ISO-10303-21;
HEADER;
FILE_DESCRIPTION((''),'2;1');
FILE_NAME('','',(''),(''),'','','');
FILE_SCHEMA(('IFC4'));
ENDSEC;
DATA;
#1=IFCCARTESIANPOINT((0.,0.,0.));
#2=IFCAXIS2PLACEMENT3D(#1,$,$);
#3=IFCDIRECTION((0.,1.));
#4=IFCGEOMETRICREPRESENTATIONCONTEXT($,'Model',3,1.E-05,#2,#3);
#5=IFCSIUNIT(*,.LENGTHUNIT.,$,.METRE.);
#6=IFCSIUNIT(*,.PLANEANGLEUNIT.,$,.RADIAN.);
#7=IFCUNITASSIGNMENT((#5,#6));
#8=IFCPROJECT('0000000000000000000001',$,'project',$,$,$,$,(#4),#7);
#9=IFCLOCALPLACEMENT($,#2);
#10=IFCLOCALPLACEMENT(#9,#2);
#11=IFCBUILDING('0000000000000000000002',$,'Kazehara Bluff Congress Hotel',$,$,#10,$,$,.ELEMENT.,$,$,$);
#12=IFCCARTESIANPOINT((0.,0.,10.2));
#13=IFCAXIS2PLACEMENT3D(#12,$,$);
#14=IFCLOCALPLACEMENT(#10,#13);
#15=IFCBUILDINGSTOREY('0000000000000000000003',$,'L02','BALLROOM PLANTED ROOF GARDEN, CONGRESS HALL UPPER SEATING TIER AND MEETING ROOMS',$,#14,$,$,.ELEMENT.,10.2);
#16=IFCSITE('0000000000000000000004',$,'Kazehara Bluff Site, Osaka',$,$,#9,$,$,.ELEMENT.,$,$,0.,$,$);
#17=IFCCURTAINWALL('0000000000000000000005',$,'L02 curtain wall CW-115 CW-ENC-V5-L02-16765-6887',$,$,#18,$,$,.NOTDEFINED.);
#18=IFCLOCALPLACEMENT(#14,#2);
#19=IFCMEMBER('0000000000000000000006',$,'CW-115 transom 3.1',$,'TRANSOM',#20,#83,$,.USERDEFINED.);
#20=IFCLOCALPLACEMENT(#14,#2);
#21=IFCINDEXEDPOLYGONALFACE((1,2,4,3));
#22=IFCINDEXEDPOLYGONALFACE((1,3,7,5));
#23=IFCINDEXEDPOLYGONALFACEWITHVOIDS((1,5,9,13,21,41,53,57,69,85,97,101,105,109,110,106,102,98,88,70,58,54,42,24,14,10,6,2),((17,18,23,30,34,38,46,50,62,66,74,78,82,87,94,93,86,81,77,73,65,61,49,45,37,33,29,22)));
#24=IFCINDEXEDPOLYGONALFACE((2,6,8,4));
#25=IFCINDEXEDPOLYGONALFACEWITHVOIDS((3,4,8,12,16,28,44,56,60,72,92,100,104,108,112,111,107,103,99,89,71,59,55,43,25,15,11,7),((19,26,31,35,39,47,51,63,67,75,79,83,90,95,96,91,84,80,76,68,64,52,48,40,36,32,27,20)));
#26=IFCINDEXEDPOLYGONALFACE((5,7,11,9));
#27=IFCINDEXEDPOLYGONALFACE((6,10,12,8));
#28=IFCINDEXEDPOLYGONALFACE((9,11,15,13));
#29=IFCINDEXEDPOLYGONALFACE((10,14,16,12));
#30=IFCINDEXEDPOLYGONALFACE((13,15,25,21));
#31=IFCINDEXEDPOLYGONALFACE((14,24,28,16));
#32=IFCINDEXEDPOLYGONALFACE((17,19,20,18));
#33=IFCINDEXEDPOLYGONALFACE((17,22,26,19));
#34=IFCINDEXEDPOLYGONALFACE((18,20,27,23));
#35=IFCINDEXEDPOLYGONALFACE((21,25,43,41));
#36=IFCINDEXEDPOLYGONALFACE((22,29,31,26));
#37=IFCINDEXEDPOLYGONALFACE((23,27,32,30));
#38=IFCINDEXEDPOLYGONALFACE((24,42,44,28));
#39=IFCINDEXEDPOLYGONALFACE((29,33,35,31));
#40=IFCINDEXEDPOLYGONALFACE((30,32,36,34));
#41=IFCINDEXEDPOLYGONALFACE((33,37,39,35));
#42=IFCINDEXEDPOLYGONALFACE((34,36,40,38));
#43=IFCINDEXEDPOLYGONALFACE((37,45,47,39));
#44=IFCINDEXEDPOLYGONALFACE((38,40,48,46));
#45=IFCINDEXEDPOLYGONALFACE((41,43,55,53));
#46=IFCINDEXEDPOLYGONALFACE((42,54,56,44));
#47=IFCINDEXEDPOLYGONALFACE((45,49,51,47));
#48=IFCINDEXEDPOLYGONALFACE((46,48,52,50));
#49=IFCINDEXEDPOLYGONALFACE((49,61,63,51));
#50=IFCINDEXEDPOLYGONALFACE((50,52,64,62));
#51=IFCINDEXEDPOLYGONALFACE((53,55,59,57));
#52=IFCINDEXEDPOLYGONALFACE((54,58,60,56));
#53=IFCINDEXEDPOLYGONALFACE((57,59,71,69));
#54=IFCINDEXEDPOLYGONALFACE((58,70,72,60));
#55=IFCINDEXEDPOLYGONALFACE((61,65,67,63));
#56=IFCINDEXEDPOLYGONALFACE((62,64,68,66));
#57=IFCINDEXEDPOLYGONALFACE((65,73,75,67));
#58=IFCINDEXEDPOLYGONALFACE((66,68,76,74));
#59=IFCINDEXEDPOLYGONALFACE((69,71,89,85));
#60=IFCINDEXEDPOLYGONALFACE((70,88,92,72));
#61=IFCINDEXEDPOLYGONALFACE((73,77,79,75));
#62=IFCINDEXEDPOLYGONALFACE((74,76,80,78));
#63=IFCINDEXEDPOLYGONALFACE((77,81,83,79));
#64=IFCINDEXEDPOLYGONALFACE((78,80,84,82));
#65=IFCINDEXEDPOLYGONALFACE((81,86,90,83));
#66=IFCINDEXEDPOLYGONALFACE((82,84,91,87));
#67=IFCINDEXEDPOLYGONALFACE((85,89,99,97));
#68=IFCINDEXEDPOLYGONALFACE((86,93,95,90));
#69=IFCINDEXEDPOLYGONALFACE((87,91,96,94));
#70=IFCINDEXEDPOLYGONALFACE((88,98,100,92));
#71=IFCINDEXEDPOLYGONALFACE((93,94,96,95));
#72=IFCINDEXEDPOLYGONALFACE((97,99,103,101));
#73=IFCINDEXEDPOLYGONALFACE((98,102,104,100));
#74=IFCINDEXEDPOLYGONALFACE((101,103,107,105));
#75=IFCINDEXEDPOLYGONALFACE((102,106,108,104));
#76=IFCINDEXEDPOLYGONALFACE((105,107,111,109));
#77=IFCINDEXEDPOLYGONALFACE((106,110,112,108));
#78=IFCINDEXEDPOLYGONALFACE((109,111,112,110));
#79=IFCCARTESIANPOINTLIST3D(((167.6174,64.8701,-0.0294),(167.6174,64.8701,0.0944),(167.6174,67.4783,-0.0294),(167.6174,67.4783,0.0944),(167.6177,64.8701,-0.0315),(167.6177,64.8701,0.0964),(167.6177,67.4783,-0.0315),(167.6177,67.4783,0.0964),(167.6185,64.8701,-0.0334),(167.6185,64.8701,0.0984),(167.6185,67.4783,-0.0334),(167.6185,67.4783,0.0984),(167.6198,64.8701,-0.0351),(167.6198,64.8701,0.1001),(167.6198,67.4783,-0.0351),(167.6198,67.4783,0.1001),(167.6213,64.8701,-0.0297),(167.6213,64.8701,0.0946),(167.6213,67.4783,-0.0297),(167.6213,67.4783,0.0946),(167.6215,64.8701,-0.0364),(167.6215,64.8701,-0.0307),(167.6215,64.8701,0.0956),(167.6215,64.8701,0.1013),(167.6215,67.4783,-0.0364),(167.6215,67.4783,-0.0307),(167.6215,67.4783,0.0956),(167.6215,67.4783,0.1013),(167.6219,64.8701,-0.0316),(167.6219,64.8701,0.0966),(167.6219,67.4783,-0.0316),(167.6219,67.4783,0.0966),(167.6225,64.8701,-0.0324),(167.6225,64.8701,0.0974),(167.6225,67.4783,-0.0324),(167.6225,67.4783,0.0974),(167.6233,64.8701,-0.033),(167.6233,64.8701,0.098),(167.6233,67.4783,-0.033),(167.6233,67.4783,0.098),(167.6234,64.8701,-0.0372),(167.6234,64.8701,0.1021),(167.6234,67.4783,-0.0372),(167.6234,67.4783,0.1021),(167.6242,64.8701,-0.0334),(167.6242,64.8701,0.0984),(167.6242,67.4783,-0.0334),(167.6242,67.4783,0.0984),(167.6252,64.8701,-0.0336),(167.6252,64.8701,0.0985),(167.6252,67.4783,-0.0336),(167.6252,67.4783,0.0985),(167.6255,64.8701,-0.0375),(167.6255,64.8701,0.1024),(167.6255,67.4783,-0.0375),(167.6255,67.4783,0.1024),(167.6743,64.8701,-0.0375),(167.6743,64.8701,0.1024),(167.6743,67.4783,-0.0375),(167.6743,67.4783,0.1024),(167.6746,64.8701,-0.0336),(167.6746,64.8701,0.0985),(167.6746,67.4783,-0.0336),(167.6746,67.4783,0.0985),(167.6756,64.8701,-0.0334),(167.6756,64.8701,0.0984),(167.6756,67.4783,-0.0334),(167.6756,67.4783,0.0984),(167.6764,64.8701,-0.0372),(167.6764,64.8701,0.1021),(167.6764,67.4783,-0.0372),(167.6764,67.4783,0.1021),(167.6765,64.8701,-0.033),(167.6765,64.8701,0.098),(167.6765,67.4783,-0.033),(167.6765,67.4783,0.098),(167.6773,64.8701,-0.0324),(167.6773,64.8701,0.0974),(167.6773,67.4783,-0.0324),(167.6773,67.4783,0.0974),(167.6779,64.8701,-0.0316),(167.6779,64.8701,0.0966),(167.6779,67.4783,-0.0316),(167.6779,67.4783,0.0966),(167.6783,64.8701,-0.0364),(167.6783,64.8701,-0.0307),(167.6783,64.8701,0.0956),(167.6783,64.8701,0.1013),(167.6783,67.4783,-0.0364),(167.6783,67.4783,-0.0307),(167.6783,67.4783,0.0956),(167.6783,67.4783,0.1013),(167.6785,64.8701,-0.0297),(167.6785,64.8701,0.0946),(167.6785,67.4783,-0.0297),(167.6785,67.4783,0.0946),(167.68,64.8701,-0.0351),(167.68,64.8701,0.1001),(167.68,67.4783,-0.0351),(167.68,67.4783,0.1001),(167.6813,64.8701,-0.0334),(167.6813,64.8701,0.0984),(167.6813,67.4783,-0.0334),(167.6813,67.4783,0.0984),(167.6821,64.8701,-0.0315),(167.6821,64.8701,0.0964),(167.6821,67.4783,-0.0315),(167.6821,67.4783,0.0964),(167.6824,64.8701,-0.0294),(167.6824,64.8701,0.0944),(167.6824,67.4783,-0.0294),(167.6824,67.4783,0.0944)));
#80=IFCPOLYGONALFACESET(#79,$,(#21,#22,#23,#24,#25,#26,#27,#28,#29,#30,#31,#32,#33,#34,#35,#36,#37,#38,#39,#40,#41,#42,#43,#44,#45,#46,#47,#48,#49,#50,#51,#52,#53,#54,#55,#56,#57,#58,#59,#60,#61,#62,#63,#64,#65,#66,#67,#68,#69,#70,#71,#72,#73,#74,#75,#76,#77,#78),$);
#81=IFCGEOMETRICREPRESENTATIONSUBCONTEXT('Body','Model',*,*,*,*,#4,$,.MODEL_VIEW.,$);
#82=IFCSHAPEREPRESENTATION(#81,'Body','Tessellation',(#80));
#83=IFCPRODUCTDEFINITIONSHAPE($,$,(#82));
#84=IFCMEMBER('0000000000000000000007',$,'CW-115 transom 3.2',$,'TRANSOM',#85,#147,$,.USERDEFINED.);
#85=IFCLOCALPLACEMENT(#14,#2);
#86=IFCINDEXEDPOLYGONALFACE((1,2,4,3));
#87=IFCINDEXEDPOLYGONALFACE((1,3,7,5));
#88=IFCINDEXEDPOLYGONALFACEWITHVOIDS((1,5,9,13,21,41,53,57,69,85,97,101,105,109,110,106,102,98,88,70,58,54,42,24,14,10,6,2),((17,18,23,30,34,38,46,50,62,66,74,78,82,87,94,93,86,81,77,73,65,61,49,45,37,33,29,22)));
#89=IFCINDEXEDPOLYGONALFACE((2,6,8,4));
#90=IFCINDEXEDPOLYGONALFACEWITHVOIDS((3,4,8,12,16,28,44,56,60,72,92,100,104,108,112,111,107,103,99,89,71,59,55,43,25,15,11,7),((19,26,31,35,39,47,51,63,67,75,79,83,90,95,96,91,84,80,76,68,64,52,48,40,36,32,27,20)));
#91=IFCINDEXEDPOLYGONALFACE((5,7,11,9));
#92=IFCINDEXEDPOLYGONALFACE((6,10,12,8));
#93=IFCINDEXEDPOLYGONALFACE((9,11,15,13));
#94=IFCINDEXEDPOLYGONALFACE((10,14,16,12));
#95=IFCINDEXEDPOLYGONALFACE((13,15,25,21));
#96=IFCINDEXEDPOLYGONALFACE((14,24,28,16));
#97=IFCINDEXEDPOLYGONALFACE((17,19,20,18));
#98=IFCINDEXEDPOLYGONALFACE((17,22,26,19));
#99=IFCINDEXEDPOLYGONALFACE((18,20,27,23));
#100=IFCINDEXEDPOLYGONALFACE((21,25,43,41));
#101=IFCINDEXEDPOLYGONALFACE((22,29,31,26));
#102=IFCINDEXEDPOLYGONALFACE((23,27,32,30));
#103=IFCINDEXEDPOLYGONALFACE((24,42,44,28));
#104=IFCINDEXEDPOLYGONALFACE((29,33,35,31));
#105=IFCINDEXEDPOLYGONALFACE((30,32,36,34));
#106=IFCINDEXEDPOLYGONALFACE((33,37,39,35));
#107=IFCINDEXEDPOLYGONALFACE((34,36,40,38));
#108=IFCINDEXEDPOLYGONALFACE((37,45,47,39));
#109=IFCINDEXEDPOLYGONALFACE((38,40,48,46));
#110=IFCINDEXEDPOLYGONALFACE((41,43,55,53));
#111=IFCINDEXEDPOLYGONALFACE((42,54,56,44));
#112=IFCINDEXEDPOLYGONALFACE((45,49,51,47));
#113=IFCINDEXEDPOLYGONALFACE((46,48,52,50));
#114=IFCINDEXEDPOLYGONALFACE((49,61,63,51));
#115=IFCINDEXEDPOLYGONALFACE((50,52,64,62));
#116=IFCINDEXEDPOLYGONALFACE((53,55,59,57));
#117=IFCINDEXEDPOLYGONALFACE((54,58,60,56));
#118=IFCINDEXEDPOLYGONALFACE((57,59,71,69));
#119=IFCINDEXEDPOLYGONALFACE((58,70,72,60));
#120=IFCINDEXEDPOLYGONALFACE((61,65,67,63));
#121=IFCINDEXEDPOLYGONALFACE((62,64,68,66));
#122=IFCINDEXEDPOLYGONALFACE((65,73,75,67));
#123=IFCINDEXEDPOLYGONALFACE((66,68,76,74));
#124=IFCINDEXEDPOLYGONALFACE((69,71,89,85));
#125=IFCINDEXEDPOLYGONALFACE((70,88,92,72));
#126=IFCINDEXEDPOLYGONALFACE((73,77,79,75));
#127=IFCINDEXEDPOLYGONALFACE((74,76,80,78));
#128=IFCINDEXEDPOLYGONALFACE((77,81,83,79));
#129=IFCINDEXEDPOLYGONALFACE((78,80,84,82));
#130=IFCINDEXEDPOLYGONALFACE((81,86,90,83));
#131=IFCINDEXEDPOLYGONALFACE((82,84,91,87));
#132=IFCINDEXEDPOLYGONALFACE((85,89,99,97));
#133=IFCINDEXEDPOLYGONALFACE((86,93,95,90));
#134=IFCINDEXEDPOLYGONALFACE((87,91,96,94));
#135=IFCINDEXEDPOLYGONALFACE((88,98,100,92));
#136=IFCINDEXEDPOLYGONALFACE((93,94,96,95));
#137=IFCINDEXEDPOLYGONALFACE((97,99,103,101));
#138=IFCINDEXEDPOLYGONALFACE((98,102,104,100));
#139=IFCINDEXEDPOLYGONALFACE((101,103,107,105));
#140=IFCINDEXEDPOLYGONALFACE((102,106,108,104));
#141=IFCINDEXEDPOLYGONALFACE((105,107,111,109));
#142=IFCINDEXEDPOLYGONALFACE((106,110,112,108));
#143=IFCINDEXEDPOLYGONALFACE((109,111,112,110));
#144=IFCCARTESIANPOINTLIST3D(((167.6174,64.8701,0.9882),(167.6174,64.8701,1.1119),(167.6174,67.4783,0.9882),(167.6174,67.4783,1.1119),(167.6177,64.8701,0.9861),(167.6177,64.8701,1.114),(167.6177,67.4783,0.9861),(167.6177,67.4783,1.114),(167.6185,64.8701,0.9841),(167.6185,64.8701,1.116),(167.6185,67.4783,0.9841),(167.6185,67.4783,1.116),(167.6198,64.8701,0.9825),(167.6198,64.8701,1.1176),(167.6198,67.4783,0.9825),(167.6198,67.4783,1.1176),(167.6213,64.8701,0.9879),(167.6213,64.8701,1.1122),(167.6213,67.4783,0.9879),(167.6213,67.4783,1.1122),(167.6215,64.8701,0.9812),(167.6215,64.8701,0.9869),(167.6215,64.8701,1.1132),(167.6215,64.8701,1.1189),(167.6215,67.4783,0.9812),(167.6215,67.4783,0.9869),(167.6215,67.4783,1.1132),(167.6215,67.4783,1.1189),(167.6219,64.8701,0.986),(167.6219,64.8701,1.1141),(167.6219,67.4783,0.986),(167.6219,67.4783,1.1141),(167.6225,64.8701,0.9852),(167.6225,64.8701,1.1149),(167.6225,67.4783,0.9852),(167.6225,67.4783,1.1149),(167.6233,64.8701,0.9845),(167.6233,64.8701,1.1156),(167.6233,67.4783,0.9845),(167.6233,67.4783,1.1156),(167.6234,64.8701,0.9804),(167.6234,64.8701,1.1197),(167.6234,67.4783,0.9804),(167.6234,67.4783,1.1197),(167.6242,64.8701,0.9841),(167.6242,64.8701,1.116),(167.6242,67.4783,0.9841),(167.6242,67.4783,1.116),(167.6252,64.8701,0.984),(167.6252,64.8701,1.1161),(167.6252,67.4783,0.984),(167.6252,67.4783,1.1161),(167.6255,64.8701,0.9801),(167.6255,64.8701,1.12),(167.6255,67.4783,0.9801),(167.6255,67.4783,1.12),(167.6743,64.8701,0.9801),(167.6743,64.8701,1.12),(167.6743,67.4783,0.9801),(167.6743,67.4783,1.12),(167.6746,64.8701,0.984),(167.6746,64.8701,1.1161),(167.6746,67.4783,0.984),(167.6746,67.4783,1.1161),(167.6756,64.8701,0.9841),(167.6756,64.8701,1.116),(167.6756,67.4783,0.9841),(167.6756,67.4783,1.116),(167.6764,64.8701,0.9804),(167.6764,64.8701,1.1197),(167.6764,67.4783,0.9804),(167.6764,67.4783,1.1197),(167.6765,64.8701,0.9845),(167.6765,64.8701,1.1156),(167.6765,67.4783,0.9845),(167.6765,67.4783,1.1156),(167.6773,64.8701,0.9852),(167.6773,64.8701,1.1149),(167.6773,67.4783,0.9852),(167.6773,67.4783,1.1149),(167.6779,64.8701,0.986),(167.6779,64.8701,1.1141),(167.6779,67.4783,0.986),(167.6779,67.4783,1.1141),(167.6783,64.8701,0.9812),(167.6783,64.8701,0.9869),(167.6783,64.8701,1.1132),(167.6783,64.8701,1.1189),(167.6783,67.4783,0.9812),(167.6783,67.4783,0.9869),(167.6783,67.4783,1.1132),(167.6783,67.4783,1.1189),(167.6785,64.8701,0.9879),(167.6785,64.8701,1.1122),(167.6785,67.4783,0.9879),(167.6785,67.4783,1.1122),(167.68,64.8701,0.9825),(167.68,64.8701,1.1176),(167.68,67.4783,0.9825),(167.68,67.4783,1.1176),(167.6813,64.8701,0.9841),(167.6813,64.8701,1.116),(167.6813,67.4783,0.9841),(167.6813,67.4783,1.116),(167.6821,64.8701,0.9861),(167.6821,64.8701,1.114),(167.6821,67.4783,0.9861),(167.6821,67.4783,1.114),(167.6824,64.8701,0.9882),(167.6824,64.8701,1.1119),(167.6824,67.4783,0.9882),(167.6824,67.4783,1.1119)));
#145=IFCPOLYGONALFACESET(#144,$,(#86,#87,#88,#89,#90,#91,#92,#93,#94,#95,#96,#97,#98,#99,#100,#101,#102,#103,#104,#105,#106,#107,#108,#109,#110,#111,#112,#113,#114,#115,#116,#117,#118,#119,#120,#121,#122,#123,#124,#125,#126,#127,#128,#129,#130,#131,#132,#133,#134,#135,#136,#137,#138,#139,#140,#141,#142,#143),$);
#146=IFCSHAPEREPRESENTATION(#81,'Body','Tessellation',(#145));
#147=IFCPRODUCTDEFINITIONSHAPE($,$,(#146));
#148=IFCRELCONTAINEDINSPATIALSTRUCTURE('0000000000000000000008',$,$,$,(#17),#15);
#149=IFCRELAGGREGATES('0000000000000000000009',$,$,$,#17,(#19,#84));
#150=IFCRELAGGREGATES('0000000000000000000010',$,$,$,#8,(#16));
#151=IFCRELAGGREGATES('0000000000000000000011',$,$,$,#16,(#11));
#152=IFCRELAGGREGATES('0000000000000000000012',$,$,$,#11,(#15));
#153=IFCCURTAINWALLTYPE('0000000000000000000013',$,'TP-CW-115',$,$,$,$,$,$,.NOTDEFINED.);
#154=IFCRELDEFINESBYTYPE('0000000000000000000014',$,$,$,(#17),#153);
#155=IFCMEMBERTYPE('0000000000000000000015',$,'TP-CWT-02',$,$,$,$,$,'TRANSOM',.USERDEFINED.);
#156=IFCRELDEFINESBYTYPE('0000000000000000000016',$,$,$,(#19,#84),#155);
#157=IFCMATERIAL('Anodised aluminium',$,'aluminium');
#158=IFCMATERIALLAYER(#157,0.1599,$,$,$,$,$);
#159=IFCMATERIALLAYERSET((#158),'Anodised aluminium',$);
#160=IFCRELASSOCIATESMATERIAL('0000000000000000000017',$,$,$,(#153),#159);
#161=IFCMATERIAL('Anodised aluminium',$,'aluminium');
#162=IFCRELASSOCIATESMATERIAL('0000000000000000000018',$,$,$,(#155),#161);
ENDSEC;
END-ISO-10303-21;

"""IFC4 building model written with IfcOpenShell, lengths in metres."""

from ifc_helpers import new_model, si_unit, direction, frame, origin, origin_2d, place, context, subcontext, project, spatial, hollow_rectangle, extrude, material, layer, layer_set, material_profile, profile_set, type_object, element, aggregate, save


model = new_model("IFC4")

# Units and contexts
model_context = context("Model", 3, precision=1e-05, world=origin(), true_north=direction((0.0, 1.0)))
body_context = subcontext(model_context, "Body", "Model", "MODEL_VIEW")
ifc_project = project(units=[si_unit("LENGTHUNIT", "METRE"), si_unit("PLANEANGLEUNIT", "RADIAN")], contexts=[model_context])

# Site, building, storey
site_placement = place(None, origin())
site = spatial("IfcSite", under=ifc_project, at=site_placement, Name="Kazehara Bluff Site, Osaka", CompositionType="ELEMENT", RefElevation=0.0)
building_placement = place(site_placement, origin())
building = spatial("IfcBuilding", under=site, at=building_placement, Name="Kazehara Bluff Congress Hotel", CompositionType="ELEMENT")
storey_placement = place(building_placement, frame((0.0, 0.0, 10.2)))
storey = spatial("IfcBuildingStorey", under=building, at=storey_placement, Name="L02", Description="BALLROOM PLANTED ROOF GARDEN, CONGRESS HALL UPPER SEATING TIER AND MEETING ROOMS", CompositionType="ELEMENT", Elevation=10.2)

# Curtain wall
ifc_material_1 = material(Name="Anodised aluminium", Category="aluminium")
ifc_layer_1 = layer(ifc_material_1, 0.1599)
ifc_layer_set_1 = layer_set([ifc_layer_1], Name="Anodised aluminium")
curtain_wall_type_1 = type_object("IfcCurtainWallType", Name="TP-CW-115", PredefinedType="NOTDEFINED", material=ifc_layer_set_1)
curtain_wall_1_placement = place(storey_placement, origin())
curtain_wall_1 = element("IfcCurtainWall", 1, at=curtain_wall_1_placement, inside=storey, type_object=curtain_wall_type_1, Name="L02 curtain wall CW-115 CW-ENC-V5-L02-16765-6887", PredefinedType="NOTDEFINED")

# Members
ifc_material_2 = material(Name="Anodised aluminium", Category="aluminium")
ifc_material_profile_1 = material_profile(ifc_material_2, hollow_rectangle(XDim=0.0649, YDim=0.1399, WallThickness=0.0039, InnerFilletRadius=0.0039, OuterFilletRadius=0.0081, at=origin_2d()))
ifc_profile_set_1 = profile_set([ifc_material_profile_1], Name="Anodised aluminium")
member_type_1 = type_object("IfcMemberType", Name="TP-CWT-02", ElementType="TRANSOM", PredefinedType="USERDEFINED", material=ifc_profile_set_1)
member_1_placement = place(storey_placement, frame((167.6499, 67.4783, 0.0325), z_axis=(0.0, -1.0, 0.0), x_axis=(1.0, 0.0, 0.0)))
member_1 = element("IfcMember", 2, at=member_1_placement, type_object=member_type_1, Name="CW-115 transom 3.1", ObjectType="TRANSOM", PredefinedType="USERDEFINED", context=body_context, shape_type="SweptSolid", body=[
    extrude(hollow_rectangle(XDim=0.0649, YDim=0.1399, WallThickness=0.0039, InnerFilletRadius=0.0039, OuterFilletRadius=0.0081, at=origin_2d()), origin(), (0.0, 0.0, 1.0), 2.6082),
])
member_2_placement = place(storey_placement, frame((167.6499, 67.4783, 1.05), z_axis=(0.0, -1.0, 0.0), x_axis=(1.0, 0.0, 0.0)))
member_2 = element("IfcMember", 3, at=member_2_placement, type_object=member_type_1, Name="CW-115 transom 3.2", ObjectType="TRANSOM", PredefinedType="USERDEFINED", context=body_context, shape_type="SweptSolid", body=[
    extrude(hollow_rectangle(XDim=0.0649, YDim=0.1399, WallThickness=0.0039, InnerFilletRadius=0.0039, OuterFilletRadius=0.0081, at=origin_2d()), origin(), (0.0, 0.0, 1.0), 2.6082),
])

aggregate(curtain_wall_1, [member_1, member_2])

save(model, "model.ifc")
